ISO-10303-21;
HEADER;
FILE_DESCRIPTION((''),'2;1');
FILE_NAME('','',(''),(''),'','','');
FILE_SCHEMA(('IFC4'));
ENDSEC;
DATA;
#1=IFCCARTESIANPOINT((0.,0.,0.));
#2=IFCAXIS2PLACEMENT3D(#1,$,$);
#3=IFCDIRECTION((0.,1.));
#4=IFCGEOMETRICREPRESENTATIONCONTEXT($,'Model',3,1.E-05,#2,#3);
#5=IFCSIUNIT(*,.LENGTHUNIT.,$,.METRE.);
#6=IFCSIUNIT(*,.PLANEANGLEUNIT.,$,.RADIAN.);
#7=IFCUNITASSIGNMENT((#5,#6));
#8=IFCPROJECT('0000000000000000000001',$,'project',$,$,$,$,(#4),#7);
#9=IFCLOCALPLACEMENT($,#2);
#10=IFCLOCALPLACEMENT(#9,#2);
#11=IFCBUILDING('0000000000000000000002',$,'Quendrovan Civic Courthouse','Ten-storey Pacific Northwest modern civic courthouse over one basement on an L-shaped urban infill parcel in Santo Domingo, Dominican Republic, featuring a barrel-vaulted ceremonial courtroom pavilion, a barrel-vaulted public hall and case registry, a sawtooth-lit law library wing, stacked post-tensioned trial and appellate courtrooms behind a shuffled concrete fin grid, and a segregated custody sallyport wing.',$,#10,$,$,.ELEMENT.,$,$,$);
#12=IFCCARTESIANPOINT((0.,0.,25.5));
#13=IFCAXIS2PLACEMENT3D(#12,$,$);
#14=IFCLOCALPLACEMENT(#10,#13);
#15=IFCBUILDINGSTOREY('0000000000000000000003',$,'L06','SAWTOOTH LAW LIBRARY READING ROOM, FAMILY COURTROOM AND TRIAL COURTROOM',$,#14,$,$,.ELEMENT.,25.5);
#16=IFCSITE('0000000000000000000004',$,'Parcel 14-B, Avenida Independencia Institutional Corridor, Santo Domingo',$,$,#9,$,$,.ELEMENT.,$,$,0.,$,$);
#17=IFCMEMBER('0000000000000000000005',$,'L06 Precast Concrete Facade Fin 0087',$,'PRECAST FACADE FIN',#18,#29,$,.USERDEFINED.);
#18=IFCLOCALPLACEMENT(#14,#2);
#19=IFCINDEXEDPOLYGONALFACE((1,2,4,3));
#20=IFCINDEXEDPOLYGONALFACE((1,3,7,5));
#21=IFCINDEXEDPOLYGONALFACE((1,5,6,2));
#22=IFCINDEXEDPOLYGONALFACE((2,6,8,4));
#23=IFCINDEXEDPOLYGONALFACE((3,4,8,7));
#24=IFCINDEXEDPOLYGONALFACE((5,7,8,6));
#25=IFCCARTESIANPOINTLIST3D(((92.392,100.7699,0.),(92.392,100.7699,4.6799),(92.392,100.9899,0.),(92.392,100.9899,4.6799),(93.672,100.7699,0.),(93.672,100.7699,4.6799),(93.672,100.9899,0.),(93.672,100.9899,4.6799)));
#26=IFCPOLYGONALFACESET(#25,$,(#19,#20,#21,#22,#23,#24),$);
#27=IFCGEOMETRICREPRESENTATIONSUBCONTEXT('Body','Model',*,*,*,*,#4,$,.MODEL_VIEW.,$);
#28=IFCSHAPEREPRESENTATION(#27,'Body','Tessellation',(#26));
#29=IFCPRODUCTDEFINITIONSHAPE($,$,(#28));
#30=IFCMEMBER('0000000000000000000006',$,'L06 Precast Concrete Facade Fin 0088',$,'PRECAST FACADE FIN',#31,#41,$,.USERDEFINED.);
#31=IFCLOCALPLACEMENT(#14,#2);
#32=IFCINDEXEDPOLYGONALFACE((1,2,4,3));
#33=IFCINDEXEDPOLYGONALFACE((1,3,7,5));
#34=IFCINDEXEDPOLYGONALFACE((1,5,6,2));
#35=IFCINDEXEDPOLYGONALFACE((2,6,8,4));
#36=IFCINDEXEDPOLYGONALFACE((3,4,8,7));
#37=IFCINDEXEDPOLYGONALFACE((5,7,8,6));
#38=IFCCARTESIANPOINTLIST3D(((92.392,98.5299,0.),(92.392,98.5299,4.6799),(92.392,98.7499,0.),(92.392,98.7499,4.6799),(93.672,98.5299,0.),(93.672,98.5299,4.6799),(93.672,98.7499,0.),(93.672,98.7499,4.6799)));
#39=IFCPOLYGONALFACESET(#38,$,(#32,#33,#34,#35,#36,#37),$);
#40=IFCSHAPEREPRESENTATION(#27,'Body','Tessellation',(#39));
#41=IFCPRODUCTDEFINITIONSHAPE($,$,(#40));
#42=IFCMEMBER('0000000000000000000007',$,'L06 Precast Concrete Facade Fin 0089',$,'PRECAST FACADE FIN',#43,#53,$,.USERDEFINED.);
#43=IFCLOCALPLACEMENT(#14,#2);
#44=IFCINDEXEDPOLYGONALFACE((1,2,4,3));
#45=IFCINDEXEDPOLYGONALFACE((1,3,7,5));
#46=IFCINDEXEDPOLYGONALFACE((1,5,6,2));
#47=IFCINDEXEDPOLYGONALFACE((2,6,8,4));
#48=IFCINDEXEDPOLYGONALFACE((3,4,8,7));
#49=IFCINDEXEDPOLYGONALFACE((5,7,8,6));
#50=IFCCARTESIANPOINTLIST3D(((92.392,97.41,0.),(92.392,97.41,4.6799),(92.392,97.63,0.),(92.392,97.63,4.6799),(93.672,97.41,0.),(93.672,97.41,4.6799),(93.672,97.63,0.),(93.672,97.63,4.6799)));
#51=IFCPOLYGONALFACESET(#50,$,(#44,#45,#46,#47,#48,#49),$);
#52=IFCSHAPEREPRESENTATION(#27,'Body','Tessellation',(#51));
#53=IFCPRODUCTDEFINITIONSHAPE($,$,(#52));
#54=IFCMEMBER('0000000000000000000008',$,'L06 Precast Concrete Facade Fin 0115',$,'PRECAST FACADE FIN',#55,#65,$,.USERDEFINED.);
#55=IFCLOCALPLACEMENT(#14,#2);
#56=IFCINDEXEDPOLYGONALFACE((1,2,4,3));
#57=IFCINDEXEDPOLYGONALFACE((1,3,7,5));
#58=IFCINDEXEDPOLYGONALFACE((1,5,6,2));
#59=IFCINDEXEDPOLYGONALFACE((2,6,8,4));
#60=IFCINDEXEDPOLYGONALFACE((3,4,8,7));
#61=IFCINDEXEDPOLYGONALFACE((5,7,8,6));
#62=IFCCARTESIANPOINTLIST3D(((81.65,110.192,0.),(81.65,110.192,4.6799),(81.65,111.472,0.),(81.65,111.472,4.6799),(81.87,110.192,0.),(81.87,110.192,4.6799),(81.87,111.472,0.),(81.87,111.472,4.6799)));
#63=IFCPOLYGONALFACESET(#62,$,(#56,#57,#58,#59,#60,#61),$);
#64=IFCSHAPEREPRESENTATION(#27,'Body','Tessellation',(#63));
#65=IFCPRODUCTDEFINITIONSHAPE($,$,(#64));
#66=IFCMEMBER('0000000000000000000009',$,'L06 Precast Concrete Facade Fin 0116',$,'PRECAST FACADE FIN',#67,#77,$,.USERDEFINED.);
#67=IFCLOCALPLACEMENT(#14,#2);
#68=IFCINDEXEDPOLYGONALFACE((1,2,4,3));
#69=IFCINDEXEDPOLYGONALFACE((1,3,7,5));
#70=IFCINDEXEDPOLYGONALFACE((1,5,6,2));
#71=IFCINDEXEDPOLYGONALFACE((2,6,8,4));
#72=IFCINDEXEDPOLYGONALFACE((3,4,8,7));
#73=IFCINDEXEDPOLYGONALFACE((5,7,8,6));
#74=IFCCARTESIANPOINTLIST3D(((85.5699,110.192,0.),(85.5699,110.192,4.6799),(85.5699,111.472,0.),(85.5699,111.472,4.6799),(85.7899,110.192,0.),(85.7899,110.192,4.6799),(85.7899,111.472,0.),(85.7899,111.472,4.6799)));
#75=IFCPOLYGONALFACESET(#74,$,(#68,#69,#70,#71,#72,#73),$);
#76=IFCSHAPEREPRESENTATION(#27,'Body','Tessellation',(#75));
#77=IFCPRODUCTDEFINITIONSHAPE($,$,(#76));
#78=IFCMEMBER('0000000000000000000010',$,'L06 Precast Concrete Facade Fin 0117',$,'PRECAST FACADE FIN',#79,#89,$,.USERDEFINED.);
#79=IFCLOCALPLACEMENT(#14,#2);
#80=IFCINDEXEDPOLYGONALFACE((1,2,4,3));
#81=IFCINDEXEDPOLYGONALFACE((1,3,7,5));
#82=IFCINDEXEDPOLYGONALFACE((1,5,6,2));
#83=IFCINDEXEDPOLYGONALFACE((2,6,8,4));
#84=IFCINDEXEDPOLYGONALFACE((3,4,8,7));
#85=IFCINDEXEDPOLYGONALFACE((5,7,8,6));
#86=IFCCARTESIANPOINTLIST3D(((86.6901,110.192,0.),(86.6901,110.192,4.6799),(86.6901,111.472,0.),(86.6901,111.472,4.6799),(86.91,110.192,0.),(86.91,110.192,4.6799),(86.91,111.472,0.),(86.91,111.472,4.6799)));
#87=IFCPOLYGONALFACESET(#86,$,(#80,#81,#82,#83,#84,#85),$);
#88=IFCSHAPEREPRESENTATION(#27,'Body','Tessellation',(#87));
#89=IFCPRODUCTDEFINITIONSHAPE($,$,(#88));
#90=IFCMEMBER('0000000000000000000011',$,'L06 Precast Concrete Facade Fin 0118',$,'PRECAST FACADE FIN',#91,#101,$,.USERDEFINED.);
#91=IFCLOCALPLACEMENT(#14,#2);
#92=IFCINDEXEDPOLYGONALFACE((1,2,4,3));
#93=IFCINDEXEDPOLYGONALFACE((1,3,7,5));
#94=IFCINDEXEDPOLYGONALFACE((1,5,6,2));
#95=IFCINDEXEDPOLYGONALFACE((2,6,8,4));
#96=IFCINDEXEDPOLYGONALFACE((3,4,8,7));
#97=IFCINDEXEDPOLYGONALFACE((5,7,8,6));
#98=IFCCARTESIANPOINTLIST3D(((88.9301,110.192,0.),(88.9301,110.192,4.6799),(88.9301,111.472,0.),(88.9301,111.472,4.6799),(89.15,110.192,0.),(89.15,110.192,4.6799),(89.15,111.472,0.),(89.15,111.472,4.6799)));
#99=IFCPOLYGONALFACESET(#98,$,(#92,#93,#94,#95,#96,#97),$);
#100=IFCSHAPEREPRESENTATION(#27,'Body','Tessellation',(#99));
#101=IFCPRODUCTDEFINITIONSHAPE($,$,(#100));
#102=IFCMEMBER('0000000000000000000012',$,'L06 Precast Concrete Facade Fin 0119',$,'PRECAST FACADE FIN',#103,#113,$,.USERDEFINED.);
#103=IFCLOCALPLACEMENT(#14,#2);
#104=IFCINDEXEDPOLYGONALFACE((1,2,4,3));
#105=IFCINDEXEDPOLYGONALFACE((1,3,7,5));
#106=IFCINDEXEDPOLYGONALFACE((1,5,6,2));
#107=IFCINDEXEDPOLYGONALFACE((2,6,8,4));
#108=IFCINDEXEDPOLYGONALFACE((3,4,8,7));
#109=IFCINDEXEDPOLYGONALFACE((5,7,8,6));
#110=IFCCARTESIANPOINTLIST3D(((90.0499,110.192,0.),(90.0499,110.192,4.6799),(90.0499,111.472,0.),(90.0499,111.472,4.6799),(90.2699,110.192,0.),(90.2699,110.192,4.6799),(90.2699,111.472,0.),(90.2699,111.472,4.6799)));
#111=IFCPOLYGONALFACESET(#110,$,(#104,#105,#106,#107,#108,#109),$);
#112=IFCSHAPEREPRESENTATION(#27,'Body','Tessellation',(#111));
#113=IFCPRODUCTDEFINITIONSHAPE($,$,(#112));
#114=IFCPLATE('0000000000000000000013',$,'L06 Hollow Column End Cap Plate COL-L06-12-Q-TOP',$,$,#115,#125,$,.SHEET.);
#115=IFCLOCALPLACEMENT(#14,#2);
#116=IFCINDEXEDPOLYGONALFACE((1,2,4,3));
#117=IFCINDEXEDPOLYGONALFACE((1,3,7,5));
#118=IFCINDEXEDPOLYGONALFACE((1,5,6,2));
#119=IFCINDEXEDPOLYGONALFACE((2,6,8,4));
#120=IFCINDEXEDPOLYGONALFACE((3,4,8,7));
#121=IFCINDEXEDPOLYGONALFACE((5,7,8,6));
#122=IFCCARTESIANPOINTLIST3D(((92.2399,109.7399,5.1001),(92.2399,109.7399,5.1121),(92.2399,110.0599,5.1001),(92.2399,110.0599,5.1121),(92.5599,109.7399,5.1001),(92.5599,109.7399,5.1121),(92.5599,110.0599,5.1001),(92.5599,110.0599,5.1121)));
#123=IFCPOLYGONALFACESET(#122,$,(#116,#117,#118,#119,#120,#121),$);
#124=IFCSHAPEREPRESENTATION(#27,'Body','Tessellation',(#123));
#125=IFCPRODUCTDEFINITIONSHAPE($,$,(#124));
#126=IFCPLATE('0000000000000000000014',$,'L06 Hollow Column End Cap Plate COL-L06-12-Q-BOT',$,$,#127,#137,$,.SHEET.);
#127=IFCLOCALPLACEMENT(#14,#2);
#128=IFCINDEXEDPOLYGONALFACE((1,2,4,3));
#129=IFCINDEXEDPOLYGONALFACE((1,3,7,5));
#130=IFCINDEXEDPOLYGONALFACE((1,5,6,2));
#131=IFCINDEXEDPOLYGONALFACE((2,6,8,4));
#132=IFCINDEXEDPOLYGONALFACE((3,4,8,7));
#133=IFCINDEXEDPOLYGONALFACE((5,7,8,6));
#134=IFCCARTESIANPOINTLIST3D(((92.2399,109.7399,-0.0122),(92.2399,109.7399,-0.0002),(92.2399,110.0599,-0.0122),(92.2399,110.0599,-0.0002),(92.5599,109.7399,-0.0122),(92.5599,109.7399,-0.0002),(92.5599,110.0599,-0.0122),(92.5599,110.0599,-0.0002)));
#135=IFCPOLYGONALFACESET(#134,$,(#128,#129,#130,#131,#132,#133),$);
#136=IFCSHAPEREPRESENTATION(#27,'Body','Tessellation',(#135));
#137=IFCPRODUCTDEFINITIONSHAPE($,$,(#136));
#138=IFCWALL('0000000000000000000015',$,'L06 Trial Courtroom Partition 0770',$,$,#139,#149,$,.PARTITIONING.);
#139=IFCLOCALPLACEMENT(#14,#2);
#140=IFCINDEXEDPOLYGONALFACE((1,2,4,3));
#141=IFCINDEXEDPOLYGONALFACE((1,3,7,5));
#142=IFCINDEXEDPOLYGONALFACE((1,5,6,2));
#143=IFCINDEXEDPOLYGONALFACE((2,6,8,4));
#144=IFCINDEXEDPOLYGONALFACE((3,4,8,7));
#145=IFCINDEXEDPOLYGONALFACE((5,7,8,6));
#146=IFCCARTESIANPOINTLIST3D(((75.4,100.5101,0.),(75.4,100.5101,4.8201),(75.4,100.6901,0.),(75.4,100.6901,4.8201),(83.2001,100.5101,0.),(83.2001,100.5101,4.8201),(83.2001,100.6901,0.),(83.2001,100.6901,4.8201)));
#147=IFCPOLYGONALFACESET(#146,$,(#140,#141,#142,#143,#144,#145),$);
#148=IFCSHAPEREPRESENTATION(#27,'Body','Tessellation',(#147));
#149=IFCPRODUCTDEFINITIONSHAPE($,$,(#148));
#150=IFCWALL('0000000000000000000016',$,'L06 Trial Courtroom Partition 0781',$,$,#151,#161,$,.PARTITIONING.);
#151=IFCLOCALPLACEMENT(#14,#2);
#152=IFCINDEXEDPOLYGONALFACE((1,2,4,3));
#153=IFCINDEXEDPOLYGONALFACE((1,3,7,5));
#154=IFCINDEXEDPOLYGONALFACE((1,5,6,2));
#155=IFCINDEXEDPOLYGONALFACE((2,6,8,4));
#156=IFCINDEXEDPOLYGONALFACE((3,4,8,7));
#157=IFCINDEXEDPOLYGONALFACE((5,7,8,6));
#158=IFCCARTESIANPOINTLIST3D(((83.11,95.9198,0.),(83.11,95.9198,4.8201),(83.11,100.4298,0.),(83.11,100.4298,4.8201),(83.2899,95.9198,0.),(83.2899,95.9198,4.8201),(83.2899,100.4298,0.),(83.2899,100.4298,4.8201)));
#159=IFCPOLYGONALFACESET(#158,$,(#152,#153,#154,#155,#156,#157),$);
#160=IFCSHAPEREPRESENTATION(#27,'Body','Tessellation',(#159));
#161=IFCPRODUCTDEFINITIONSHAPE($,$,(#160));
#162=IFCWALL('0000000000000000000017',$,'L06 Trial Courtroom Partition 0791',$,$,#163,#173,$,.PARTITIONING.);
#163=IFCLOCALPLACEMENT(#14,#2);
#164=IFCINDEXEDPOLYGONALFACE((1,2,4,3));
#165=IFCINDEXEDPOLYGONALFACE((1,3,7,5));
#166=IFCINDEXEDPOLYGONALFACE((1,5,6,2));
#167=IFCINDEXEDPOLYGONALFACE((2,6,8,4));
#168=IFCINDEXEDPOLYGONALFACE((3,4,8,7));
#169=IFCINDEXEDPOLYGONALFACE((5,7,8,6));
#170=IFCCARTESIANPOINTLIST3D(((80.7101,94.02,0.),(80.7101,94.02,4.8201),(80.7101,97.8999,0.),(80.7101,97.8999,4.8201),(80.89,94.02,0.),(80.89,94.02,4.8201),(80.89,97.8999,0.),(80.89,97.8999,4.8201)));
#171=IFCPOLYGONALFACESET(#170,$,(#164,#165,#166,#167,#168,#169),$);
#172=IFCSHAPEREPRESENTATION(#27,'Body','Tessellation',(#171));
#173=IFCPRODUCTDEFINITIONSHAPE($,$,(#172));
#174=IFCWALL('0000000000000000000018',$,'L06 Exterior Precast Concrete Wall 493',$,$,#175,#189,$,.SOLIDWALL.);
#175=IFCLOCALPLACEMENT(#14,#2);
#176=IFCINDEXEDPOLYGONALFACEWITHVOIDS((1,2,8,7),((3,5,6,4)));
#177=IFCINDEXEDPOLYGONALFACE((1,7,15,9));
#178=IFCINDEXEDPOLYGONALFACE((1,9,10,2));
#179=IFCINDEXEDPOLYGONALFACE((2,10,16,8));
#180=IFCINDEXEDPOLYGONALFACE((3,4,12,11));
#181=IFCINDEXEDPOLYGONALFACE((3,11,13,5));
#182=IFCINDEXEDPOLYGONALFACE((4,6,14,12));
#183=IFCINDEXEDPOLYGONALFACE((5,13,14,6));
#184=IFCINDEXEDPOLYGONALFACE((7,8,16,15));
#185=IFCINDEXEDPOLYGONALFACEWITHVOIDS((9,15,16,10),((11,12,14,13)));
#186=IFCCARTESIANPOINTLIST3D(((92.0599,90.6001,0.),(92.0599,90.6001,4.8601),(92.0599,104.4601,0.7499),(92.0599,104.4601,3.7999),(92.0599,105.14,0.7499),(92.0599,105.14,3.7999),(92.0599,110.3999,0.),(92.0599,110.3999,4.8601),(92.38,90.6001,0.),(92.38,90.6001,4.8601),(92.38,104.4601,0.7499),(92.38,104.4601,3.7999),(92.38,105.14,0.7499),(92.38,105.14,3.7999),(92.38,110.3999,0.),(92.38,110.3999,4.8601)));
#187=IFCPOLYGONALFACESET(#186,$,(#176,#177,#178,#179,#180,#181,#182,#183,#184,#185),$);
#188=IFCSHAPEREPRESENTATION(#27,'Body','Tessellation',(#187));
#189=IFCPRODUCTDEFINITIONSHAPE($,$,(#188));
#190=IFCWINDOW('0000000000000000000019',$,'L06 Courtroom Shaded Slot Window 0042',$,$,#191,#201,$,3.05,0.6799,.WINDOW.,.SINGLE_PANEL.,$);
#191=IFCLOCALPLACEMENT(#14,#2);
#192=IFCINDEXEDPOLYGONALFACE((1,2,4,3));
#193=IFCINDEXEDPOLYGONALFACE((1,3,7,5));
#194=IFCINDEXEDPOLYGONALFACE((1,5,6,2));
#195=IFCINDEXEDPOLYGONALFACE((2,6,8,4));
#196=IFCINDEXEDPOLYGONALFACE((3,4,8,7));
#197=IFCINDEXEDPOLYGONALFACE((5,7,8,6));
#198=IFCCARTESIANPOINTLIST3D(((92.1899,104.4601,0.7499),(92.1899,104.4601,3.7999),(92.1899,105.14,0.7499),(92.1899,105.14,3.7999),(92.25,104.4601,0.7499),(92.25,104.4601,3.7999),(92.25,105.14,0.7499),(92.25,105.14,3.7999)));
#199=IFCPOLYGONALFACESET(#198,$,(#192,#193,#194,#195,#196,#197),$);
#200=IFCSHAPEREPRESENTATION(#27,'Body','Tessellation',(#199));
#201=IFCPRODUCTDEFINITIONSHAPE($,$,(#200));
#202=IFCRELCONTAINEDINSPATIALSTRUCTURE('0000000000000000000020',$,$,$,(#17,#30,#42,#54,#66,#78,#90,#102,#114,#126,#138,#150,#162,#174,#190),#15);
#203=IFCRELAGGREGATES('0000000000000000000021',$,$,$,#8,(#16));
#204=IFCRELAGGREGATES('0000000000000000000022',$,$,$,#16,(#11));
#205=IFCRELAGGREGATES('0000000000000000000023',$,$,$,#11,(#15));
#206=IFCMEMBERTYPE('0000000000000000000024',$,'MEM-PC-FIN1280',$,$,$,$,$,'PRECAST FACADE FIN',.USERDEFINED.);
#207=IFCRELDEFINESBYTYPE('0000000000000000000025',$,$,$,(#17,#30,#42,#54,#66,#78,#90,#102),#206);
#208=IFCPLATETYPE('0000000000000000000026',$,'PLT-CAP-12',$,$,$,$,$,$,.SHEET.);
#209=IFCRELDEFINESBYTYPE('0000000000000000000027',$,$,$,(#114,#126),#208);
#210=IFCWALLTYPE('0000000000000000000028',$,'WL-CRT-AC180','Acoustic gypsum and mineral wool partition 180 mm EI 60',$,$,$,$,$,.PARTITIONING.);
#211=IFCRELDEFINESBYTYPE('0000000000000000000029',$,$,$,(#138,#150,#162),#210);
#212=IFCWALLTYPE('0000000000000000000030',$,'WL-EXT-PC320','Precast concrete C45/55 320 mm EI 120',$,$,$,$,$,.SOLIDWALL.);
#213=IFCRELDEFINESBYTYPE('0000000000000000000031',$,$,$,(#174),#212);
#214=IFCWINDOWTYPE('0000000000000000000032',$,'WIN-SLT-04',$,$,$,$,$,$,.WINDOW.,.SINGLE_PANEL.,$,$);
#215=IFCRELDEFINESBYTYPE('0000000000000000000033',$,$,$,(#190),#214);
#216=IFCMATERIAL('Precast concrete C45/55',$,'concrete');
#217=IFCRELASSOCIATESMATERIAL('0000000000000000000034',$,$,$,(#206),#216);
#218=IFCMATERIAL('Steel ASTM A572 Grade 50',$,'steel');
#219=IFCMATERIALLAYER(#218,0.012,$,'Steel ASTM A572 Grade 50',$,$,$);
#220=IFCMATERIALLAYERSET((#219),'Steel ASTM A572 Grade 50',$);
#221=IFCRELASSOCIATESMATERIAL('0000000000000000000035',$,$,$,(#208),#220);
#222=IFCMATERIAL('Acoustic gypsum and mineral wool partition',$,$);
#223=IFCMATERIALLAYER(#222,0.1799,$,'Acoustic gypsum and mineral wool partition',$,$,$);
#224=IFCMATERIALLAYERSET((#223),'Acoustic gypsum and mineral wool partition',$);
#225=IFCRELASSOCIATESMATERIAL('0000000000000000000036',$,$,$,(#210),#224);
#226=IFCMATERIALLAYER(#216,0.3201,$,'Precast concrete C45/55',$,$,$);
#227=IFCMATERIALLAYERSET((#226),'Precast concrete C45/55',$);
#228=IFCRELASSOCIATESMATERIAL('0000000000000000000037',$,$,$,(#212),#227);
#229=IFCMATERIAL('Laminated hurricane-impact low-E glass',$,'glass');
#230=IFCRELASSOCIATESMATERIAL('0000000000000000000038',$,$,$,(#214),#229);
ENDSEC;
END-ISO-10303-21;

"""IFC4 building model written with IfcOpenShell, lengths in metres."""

from ifc_helpers import new_model, si_unit, direction, frame, frame_2d, origin, origin_2d, place, context, subcontext, project, spatial, rectangle, extrude, material, layer, layer_set, material_profile, profile_set, type_object, element, fill, save


model = new_model("IFC4")

# Units and contexts
model_context = context("Model", 3, precision=1e-05, world=origin(), true_north=direction((0.0, 1.0)))
body_context = subcontext(model_context, "Body", "Model", "MODEL_VIEW")
ifc_project = project(units=[si_unit("LENGTHUNIT", "METRE"), si_unit("PLANEANGLEUNIT", "RADIAN")], contexts=[model_context])

# Site, building, storey
site_placement = place(None, origin())
site = spatial("IfcSite", under=ifc_project, at=site_placement, Name="Parcel 14-B, Avenida Independencia Institutional Corridor, Santo Domingo", CompositionType="ELEMENT", RefElevation=0.0)
building_placement = place(site_placement, origin())
building = spatial("IfcBuilding", under=site, at=building_placement, Name="Quendrovan Civic Courthouse", Description="Ten-storey Pacific Northwest modern civic courthouse over one basement on an L-shaped urban infill parcel in Santo Domingo, Dominican Republic, featuring a barrel-vaulted ceremonial courtroom pavilion, a barrel-vaulted public hall and case registry, a sawtooth-lit law library wing, stacked post-tensioned trial and appellate courtrooms behind a shuffled concrete fin grid, and a segregated custody sallyport wing.", CompositionType="ELEMENT")
storey_placement = place(building_placement, frame((0.0, 0.0, 25.5)))
storey = spatial("IfcBuildingStorey", under=building, at=storey_placement, Name="L06", Description="SAWTOOTH LAW LIBRARY READING ROOM, FAMILY COURTROOM AND TRIAL COURTROOM", CompositionType="ELEMENT", Elevation=25.5)

# Members
ifc_material_1 = material(Name="Precast concrete C45/55", Category="concrete")
ifc_material_profile_1 = material_profile(ifc_material_1, rectangle(XDim=0.22, YDim=1.28, at=origin_2d()), Name="PC-FIN-220x1280")
ifc_profile_set_1 = profile_set([ifc_material_profile_1], Name="Precast concrete C45/55")
member_type = type_object("IfcMemberType", Name="MEM-PC-FIN1280", ElementType="PRECAST FACADE FIN", PredefinedType="USERDEFINED", material=ifc_profile_set_1)
for number, where, z_axis, x_axis, name in (
    (1, (93.032, 100.8799, 0.0), (0.0, 0.0, 1.0), (0.0, -1.0, 0.0), "L06 Precast Concrete Facade Fin 0087"),
    (2, (93.032, 98.6399, 0.0), (0.0, 0.0, 1.0), (0.0, -1.0, 0.0), "L06 Precast Concrete Facade Fin 0088"),
    (3, (93.032, 97.52, 0.0), (0.0, 0.0, 1.0), (0.0, -1.0, 0.0), "L06 Precast Concrete Facade Fin 0089"),
    (4, (81.76, 110.832, 0.0), (0.0, 0.0, 1.0), (1.0, 0.0, 0.0), "L06 Precast Concrete Facade Fin 0115"),
    (5, (85.6799, 110.832, 0.0), (0.0, 0.0, 1.0), (1.0, 0.0, 0.0), "L06 Precast Concrete Facade Fin 0116"),
    (6, (86.8, 110.832, 0.0), (0.0, 0.0, 1.0), (1.0, 0.0, 0.0), "L06 Precast Concrete Facade Fin 0117"),
    (7, (89.04, 110.832, 0.0), (0.0, 0.0, 1.0), (1.0, 0.0, 0.0), "L06 Precast Concrete Facade Fin 0118"),
    (8, (90.1599, 110.832, 0.0), (0.0, 0.0, 1.0), (1.0, 0.0, 0.0), "L06 Precast Concrete Facade Fin 0119"),
):
    element("IfcMember", number, at=place(storey_placement, frame(where, z_axis=z_axis, x_axis=x_axis)), inside=storey, type_object=member_type, Name=name, ObjectType="PRECAST FACADE FIN", PredefinedType="USERDEFINED", context=body_context, shape_type="SweptSolid", body=[
        extrude(rectangle(XDim=0.22, YDim=1.28, at=origin_2d()), origin(), (0.0, 0.0, 1.0), 4.6799),
    ])

# Plates
ifc_material_2 = material(Name="Steel ASTM A572 Grade 50", Category="steel")
ifc_layer_1 = layer(ifc_material_2, 0.012, Name="Steel ASTM A572 Grade 50")
ifc_layer_set_1 = layer_set([ifc_layer_1], Name="Steel ASTM A572 Grade 50")
plate_type = type_object("IfcPlateType", Name="PLT-CAP-12", PredefinedType="SHEET", material=ifc_layer_set_1)
for number, where, z_axis, x_axis, name in (
    (9, (92.3999, 109.8999, 5.1001), (0.0, 0.0, 1.0), (1.0, 0.0, 0.0), "L06 Hollow Column End Cap Plate COL-L06-12-Q-TOP"),
    (10, (92.3999, 109.8999, -0.0122), (0.0, 0.0, 1.0), (1.0, 0.0, 0.0), "L06 Hollow Column End Cap Plate COL-L06-12-Q-BOT"),
):
    element("IfcPlate", number, at=place(storey_placement, frame(where, z_axis=z_axis, x_axis=x_axis)), inside=storey, type_object=plate_type, Name=name, PredefinedType="SHEET", context=body_context, shape_type="SweptSolid", body=[
        extrude(rectangle(XDim=0.3201, YDim=0.3201, at=origin_2d()), origin(), (0.0, 0.0, 1.0), 0.012),
    ])

# Walls
ifc_material_3 = material(Name="Acoustic gypsum and mineral wool partition")
ifc_layer_2 = layer(ifc_material_3, 0.1799, Name="Acoustic gypsum and mineral wool partition")
ifc_layer_set_2 = layer_set([ifc_layer_2], Name="Acoustic gypsum and mineral wool partition")
wall_type_1 = type_object("IfcWallType", Name="WL-CRT-AC180", Description="Acoustic gypsum and mineral wool partition 180 mm EI 60", PredefinedType="PARTITIONING", material=ifc_layer_set_2)
wall_1_placement = place(storey_placement, frame((83.2, 100.6001, 0.0), z_axis=(0.0, 0.0, 1.0), x_axis=(-1.0, 0.0, 0.0)))
element("IfcWall", 11, at=wall_1_placement, inside=storey, type_object=wall_type_1, Name="L06 Trial Courtroom Partition 0770", PredefinedType="PARTITIONING", context=body_context, shape_type="SweptSolid", body=[
    extrude(rectangle(XDim=7.8, YDim=0.1799, at=frame_2d((3.8999, 0.0))), origin(), (0.0, 0.0, 1.0), 4.8201),
])
wall_2_placement = place(storey_placement, frame((83.2, 95.9199, 0.0), z_axis=(0.0, 0.0, 1.0), x_axis=(0.0, 1.0, 0.0)))
element("IfcWall", 12, at=wall_2_placement, inside=storey, type_object=wall_type_1, Name="L06 Trial Courtroom Partition 0781", PredefinedType="PARTITIONING", context=body_context, shape_type="SweptSolid", body=[
    extrude(rectangle(XDim=4.51, YDim=0.1799, at=frame_2d((2.2549, 0.0))), origin(), (0.0, 0.0, 1.0), 4.8201),
])
wall_3_placement = place(storey_placement, frame((80.8, 97.8999, 0.0), z_axis=(0.0, 0.0, 1.0), x_axis=(0.0, -1.0, 0.0)))
element("IfcWall", 13, at=wall_3_placement, inside=storey, type_object=wall_type_1, Name="L06 Trial Courtroom Partition 0791", PredefinedType="PARTITIONING", context=body_context, shape_type="SweptSolid", body=[
    extrude(rectangle(XDim=3.8799, YDim=0.1799, at=frame_2d((1.9399, 0.0))), origin(), (0.0, 0.0, 1.0), 4.8201),
])

# Wall, opening, window
ifc_layer_3 = layer(ifc_material_1, 0.3201, Name="Precast concrete C45/55")
ifc_layer_set_3 = layer_set([ifc_layer_3], Name="Precast concrete C45/55")
wall_type_2 = type_object("IfcWallType", Name="WL-EXT-PC320", Description="Precast concrete C45/55 320 mm EI 120", PredefinedType="SOLIDWALL", material=ifc_layer_set_3)
wall_4_placement = place(storey_placement, frame((92.22, 110.3999, 0.0), z_axis=(0.0, 0.0, 1.0), x_axis=(0.0, -1.0, 0.0)))
wall_4 = element("IfcWall", 14, at=wall_4_placement, inside=storey, type_object=wall_type_2, Name="L06 Exterior Precast Concrete Wall 493", PredefinedType="SOLIDWALL", context=body_context, shape_type="SweptSolid", body=[
    extrude(rectangle(XDim=19.7998, YDim=0.3201, at=frame_2d((9.8999, 0.0))), origin(), (0.0, 0.0, 1.0), 4.8601),
])
opening_1_placement = place(wall_4_placement, frame((5.26, 0.0, 0.75)))
opening_1 = element("IfcOpeningElement", 15, at=opening_1_placement, cuts=wall_4, PredefinedType="OPENING", context=body_context, shape_type="SweptSolid", body=[
    extrude(rectangle(XDim=0.6799, YDim=3.05, at=frame_2d((0.3398, 1.5249))), frame((0.0, 0.1699, 0.0), z_axis=(0.0, -1.0, 0.0), x_axis=(1.0, 0.0, 0.0)), (0.0, 0.0, 1.0), 0.3401),
])
ifc_material_4 = material(Name="Laminated hurricane-impact low-E glass", Category="glass")
window_type = type_object("IfcWindowType", Name="WIN-SLT-04", PartitioningType="SINGLE_PANEL", PredefinedType="WINDOW", material=ifc_material_4)
window_placement = place(opening_1_placement, origin())
window = element("IfcWindow", 16, at=window_placement, inside=storey, type_object=window_type, Name="L06 Courtroom Shaded Slot Window 0042", OverallHeight=3.05, OverallWidth=0.6799, PartitioningType="SINGLE_PANEL", PredefinedType="WINDOW", context=body_context, shape_type="SweptSolid", body=[
    extrude(rectangle(XDim=0.6799, YDim=3.05, at=frame_2d((0.3398, 1.5249))), frame((0.0, 0.03, 0.0), z_axis=(0.0, -1.0, 0.0), x_axis=(1.0, 0.0, 0.0)), (0.0, 0.0, 1.0), 0.0601),
])
fill(opening_1, window)

save(model, "model.ifc")
